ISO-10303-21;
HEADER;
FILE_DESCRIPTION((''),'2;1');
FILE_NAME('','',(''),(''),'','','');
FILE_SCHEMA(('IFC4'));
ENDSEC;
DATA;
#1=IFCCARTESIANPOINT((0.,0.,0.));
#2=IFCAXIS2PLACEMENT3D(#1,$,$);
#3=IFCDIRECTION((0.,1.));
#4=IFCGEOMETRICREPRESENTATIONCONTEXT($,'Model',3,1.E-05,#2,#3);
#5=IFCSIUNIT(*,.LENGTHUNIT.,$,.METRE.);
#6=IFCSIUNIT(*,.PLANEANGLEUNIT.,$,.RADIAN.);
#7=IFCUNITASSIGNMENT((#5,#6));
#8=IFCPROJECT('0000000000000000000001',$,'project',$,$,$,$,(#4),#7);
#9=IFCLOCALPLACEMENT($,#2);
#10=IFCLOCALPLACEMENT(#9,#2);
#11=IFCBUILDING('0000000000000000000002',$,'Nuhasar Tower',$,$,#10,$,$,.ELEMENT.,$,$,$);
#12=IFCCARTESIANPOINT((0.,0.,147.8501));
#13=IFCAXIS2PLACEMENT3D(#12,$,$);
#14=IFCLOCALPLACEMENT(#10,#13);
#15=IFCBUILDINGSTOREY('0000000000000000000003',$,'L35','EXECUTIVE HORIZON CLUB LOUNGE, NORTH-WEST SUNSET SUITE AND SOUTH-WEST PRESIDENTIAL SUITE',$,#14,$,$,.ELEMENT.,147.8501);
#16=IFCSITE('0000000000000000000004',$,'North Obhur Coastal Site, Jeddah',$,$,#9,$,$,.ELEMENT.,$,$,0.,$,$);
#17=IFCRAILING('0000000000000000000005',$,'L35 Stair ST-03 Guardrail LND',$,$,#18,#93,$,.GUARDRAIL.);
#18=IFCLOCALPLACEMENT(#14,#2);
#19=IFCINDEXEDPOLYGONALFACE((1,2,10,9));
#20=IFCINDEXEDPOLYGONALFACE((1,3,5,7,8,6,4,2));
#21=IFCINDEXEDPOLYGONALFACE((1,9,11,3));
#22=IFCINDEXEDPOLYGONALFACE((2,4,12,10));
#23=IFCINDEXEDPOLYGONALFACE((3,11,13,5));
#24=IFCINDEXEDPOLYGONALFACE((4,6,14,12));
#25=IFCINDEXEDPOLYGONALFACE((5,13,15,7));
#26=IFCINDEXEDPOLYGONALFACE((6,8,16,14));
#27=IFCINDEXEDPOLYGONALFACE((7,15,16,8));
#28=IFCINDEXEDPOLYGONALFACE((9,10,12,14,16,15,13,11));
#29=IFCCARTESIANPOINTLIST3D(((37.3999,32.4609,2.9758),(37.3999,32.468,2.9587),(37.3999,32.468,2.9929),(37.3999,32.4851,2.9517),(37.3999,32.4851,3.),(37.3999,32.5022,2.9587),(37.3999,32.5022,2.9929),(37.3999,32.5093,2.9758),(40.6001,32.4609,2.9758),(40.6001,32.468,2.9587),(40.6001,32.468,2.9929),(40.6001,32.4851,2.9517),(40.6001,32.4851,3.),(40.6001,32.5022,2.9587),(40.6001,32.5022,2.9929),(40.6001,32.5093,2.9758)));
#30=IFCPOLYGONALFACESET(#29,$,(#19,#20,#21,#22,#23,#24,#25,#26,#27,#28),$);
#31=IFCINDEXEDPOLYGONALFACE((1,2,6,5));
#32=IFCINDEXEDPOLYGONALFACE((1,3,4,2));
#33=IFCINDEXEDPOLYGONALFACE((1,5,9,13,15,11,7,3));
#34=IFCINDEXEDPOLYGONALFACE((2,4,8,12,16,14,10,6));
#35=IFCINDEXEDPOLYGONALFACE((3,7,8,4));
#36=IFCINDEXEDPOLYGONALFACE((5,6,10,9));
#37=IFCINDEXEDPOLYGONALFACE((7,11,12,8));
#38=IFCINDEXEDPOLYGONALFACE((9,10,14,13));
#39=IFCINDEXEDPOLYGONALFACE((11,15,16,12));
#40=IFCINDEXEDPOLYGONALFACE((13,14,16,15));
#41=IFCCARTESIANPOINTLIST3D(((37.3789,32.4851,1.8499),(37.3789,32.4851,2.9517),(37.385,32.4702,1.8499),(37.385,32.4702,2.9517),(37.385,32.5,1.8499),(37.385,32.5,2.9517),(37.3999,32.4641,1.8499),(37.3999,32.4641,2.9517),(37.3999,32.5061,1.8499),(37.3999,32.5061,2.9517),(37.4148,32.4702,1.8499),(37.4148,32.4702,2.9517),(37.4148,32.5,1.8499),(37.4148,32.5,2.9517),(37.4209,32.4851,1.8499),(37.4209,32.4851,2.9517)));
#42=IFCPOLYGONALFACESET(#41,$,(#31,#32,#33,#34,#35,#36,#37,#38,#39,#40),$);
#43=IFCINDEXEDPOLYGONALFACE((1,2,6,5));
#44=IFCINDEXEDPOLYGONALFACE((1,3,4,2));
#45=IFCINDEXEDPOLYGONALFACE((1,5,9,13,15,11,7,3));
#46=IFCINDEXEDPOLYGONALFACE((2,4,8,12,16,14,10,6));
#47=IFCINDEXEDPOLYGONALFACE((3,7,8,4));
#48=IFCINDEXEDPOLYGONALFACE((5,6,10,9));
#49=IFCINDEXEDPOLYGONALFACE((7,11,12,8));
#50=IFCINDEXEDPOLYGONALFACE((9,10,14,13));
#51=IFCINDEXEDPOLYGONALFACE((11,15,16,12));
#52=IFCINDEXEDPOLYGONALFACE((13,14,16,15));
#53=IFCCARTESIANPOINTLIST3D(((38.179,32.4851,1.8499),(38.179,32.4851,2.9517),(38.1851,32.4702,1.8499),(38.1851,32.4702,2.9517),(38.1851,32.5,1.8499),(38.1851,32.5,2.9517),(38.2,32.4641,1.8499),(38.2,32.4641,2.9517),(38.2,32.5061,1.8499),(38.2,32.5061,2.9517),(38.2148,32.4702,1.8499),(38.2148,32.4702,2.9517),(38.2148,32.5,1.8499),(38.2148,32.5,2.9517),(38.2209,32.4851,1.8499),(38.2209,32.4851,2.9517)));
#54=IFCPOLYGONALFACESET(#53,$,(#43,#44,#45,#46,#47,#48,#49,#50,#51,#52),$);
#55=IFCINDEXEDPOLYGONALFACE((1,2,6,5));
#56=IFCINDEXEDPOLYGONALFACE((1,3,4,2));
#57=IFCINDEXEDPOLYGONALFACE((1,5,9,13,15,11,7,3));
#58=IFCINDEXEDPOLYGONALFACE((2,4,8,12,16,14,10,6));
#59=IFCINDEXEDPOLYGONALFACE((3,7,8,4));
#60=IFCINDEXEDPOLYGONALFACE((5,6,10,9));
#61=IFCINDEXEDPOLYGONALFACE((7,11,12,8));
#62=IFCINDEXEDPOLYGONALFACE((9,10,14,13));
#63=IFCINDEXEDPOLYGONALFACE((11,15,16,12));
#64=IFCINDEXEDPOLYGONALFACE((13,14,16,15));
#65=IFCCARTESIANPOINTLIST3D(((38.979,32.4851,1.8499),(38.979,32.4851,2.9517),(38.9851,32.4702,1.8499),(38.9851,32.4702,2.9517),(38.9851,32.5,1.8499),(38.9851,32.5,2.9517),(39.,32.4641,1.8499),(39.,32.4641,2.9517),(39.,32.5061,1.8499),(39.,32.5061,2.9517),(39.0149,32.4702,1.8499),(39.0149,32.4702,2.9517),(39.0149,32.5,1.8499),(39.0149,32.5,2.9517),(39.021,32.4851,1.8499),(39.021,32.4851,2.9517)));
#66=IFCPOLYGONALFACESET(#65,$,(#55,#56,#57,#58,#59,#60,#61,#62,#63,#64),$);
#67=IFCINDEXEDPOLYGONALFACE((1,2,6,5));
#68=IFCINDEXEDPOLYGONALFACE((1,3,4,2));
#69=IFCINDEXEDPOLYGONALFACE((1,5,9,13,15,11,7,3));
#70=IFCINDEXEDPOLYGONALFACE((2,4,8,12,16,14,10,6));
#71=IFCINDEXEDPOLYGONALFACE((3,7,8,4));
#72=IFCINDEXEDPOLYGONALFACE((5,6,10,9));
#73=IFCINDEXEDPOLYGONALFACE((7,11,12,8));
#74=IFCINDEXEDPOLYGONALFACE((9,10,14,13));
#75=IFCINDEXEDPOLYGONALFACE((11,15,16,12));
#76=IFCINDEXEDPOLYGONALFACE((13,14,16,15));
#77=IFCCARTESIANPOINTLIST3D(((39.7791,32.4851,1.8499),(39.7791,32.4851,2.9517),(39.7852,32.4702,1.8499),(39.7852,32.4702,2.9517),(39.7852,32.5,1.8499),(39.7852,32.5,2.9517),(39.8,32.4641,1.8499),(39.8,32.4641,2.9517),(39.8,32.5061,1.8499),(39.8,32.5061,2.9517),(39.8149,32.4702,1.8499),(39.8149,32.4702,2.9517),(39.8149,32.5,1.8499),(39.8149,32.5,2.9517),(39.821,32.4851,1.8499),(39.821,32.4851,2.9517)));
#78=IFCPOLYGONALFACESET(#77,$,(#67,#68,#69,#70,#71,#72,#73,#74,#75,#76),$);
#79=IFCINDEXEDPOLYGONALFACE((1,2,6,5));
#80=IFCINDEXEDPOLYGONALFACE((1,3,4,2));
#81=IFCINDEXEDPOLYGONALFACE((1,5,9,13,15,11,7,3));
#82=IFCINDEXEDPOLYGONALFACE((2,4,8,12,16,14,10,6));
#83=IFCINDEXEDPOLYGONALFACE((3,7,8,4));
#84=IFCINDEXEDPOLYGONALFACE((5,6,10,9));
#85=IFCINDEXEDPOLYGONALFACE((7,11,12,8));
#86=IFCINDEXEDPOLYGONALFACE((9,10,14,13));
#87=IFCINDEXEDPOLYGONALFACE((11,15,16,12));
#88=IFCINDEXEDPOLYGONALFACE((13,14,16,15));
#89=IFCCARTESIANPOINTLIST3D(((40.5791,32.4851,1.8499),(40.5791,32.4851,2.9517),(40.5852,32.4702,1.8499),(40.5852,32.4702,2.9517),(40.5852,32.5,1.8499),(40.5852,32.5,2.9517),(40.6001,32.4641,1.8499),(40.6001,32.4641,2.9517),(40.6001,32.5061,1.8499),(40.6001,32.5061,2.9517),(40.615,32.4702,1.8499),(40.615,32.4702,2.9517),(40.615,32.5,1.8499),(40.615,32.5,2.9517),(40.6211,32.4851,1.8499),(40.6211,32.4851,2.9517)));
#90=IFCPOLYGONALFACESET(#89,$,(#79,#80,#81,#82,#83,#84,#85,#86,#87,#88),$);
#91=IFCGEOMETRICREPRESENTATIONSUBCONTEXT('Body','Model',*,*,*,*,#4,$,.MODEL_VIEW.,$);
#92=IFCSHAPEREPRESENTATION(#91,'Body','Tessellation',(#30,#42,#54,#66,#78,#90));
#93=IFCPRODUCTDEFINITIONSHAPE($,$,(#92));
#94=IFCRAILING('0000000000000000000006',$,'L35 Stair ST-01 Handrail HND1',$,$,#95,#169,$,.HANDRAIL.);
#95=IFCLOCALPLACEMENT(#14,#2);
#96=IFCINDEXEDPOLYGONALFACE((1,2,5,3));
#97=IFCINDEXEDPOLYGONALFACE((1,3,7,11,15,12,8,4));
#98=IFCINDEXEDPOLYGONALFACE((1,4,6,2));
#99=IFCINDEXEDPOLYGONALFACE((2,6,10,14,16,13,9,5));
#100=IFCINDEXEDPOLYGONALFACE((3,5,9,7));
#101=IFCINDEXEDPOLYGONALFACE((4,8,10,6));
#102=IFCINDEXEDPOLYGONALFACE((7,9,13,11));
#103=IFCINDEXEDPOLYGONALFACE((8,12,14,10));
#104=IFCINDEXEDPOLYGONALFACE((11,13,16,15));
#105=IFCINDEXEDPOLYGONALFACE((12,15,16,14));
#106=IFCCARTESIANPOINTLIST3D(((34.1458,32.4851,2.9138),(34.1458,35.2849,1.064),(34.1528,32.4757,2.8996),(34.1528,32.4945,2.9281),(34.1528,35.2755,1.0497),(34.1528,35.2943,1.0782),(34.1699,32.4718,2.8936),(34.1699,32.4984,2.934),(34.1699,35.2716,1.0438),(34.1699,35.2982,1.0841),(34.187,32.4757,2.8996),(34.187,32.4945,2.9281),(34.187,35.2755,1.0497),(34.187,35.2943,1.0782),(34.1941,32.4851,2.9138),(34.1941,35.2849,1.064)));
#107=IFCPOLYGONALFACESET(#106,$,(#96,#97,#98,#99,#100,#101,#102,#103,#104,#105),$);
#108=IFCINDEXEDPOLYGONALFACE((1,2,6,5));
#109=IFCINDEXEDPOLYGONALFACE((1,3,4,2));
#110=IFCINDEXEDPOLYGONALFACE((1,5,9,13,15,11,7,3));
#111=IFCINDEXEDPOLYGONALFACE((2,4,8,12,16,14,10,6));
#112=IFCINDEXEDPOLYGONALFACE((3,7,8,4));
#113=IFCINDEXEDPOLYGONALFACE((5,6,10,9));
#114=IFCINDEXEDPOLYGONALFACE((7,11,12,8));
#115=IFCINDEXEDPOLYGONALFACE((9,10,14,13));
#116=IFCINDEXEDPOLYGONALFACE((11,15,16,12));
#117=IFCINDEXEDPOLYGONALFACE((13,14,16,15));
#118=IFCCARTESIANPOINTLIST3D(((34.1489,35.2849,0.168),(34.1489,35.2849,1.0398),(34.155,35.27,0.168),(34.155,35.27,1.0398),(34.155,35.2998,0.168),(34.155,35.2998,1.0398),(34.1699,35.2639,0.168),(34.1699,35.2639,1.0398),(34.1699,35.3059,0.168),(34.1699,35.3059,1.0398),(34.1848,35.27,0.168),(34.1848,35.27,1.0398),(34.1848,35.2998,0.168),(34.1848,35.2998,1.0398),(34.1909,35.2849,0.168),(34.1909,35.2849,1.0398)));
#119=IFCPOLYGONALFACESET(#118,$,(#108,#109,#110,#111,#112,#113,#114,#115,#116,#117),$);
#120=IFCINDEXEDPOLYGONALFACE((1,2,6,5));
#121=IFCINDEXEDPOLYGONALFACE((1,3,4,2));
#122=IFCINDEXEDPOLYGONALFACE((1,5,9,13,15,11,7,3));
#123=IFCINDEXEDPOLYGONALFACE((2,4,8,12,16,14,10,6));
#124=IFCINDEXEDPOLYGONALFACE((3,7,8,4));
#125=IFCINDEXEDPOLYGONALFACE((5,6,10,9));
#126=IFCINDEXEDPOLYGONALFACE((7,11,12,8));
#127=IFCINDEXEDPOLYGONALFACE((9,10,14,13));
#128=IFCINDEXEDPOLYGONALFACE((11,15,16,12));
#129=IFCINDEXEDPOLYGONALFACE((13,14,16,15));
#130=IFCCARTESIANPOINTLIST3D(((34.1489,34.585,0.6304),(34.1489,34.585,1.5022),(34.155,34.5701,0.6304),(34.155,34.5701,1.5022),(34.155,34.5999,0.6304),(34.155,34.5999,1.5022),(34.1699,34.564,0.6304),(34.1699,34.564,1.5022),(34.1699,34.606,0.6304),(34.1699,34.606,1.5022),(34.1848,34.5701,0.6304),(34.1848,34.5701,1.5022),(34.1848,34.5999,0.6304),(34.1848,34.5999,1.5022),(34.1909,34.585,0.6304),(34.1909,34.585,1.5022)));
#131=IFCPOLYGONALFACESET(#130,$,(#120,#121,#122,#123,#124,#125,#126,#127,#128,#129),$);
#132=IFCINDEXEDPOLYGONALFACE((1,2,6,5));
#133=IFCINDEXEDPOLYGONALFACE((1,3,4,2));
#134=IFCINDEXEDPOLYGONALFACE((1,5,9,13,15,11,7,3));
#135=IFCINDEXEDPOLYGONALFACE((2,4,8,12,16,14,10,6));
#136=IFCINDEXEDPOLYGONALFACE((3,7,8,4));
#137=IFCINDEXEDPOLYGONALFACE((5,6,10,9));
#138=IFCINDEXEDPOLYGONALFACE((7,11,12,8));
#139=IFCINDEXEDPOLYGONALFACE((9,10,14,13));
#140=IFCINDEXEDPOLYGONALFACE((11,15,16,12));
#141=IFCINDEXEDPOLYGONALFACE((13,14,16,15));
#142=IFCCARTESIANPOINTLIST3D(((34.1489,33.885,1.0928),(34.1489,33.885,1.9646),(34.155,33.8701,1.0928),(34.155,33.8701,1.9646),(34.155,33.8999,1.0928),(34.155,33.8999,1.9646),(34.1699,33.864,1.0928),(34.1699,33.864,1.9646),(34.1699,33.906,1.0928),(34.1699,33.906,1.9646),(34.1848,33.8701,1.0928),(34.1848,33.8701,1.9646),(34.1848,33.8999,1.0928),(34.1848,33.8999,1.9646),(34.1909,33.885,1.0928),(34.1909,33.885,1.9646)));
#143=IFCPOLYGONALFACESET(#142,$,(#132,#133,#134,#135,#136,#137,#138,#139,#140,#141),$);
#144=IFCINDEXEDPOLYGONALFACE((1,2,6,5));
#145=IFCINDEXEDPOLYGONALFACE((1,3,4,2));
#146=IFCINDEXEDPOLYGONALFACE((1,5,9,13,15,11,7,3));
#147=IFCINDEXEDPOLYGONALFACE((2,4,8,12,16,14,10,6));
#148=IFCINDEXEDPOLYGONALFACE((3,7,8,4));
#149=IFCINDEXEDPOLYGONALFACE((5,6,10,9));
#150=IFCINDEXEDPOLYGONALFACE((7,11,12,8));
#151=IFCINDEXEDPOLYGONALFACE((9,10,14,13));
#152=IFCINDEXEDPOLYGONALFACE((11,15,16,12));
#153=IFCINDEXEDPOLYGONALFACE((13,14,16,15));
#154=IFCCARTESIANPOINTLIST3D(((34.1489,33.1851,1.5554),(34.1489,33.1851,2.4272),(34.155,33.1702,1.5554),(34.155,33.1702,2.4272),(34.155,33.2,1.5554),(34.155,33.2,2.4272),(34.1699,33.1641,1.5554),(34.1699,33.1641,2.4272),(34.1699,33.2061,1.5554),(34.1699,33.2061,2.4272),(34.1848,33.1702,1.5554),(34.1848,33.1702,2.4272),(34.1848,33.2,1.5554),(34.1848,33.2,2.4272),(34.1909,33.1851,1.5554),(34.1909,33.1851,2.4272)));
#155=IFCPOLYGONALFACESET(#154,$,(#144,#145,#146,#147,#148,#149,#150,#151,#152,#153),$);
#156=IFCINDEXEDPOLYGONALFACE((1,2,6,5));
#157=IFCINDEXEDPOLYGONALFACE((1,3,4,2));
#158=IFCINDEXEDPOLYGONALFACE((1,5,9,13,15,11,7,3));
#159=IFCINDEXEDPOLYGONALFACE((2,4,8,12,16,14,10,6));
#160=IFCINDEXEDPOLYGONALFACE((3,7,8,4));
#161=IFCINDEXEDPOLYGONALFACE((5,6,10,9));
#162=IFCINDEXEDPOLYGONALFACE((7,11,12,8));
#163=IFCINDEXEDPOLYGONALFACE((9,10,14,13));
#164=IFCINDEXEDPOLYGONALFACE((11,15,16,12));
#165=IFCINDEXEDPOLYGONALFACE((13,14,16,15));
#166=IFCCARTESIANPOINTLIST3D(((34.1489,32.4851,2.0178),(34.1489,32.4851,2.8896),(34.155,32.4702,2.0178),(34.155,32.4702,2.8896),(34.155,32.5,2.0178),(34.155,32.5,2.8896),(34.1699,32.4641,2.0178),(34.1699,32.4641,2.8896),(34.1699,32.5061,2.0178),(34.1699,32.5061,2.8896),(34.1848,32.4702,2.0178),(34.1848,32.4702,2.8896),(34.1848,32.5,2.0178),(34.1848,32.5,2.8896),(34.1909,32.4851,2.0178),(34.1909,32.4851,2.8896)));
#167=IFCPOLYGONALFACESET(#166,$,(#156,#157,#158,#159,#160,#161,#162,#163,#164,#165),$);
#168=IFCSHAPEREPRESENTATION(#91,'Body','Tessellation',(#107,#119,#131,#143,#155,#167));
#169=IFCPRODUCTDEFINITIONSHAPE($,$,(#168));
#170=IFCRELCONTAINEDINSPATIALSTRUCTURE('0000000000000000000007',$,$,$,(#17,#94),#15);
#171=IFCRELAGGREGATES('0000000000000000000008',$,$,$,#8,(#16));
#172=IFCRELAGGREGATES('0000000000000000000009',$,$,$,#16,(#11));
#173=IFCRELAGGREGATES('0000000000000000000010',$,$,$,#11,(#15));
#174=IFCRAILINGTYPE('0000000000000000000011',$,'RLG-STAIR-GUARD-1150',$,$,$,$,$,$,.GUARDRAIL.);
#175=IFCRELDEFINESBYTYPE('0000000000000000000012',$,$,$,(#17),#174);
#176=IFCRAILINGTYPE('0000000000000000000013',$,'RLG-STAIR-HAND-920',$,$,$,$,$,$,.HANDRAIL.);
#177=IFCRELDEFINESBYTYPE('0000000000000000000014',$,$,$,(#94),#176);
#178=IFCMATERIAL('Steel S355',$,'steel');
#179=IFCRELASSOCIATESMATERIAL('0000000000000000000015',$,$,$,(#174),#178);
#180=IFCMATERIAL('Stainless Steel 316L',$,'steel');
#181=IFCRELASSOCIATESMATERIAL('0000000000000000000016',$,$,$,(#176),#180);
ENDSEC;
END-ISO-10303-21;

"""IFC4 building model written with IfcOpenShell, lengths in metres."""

from ifc_helpers import new_model, si_unit, direction, frame, origin, place, context, subcontext, project, spatial, polyline, outline, extrude, material, type_object, element, save


model = new_model("IFC4")

# Units and contexts
model_context = context("Model", 3, precision=1e-05, world=origin(), true_north=direction((0.0, 1.0)))
body_context = subcontext(model_context, "Body", "Model", "MODEL_VIEW")
ifc_project = project(units=[si_unit("LENGTHUNIT", "METRE"), si_unit("PLANEANGLEUNIT", "RADIAN")], contexts=[model_context])

# Site, building, storey
site_placement = place(None, origin())
site = spatial("IfcSite", under=ifc_project, at=site_placement, Name="North Obhur Coastal Site, Jeddah", CompositionType="ELEMENT", RefElevation=0.0)
building_placement = place(site_placement, origin())
building = spatial("IfcBuilding", under=site, at=building_placement, Name="Nuhasar Tower", CompositionType="ELEMENT")
storey_placement = place(building_placement, frame((0.0, 0.0, 147.8501)))
storey = spatial("IfcBuildingStorey", under=building, at=storey_placement, Name="L35", Description="EXECUTIVE HORIZON CLUB LOUNGE, NORTH-WEST SUNSET SUITE AND SOUTH-WEST PRESIDENTIAL SUITE", CompositionType="ELEMENT", Elevation=147.8501)

# Shared definitions
ifc_material_1 = material(Name="Steel S355", Category="steel")

# Railings
railing_type_1 = type_object("IfcRailingType", Name="RLG-STAIR-GUARD-1150", PredefinedType="GUARDRAIL", material=ifc_material_1)
railing_1_placement = place(storey_placement, frame((37.3999, 32.4851, 1.8499)))
element("IfcRailing", 1, at=railing_1_placement, inside=storey, type_object=railing_type_1, Name="L35 Stair ST-03 Guardrail LND", PredefinedType="GUARDRAIL", context=body_context, shape_type="SweptSolid", body=[
    extrude(outline(polyline([(0.0242, 0.0), (0.0171, 0.0171), (0.0, 0.0242), (-0.0171, 0.0171), (-0.0242, 0.0), (-0.0171, -0.0171), (0.0, -0.0242), (0.0171, -0.0171), (0.0242, 0.0)])), frame((0.0, 0.0, 1.126), z_axis=(1.0, 0.0, 0.0), x_axis=(0.0, 1.0, 0.0)), (0.0, 0.0, 1.0), 3.2002),
    extrude(outline(polyline([(0.021, 0.0), (0.0149, 0.0149), (0.0, 0.021), (-0.0149, 0.0149), (-0.021, 0.0), (-0.0149, -0.0149), (0.0, -0.021), (0.0149, -0.0149), (0.021, 0.0)])), origin(), (0.0, 0.0, 1.0), 1.1018),
    extrude(outline(polyline([(0.021, 0.0), (0.0149, 0.0149), (0.0, 0.021), (-0.0149, 0.0149), (-0.021, 0.0), (-0.0149, -0.0149), (0.0, -0.021), (0.0149, -0.0149), (0.021, 0.0)])), frame((0.8, 0.0, 0.0)), (0.0, 0.0, 1.0), 1.1018),
    extrude(outline(polyline([(0.021, 0.0), (0.0149, 0.0149), (0.0, 0.021), (-0.0149, 0.0149), (-0.021, 0.0), (-0.0149, -0.0149), (0.0, -0.021), (0.0149, -0.0149), (0.021, 0.0)])), frame((1.6001, 0.0, 0.0)), (0.0, 0.0, 1.0), 1.1018),
    extrude(outline(polyline([(0.021, 0.0), (0.0149, 0.0149), (0.0, 0.021), (-0.0149, 0.0149), (-0.021, 0.0), (-0.0149, -0.0149), (0.0, -0.021), (0.0149, -0.0149), (0.021, 0.0)])), frame((2.4001, 0.0, 0.0)), (0.0, 0.0, 1.0), 1.1018),
    extrude(outline(polyline([(0.021, 0.0), (0.0149, 0.0149), (0.0, 0.021), (-0.0149, 0.0149), (-0.021, 0.0), (-0.0149, -0.0149), (0.0, -0.021), (0.0149, -0.0149), (0.021, 0.0)])), frame((3.2002, 0.0, 0.0)), (0.0, 0.0, 1.0), 1.1018),
])
ifc_material_2 = material(Name="Stainless Steel 316L", Category="steel")
railing_type_2 = type_object("IfcRailingType", Name="RLG-STAIR-HAND-920", PredefinedType="HANDRAIL", material=ifc_material_2)
railing_2_placement = place(storey_placement, frame((34.1699, 35.2849, 0.168)))
element("IfcRailing", 2, at=railing_2_placement, inside=storey, type_object=railing_type_2, Name="L35 Stair ST-01 Handrail HND1", PredefinedType="HANDRAIL", context=body_context, shape_type="SweptSolid", body=[
    extrude(outline(polyline([(0.0242, 0.0), (0.0171, 0.0171), (0.0, 0.0242), (-0.0171, 0.0171), (-0.0242, 0.0), (-0.0171, -0.0171), (0.0, -0.0242), (0.0171, -0.0171), (0.0242, 0.0)])), frame((0.0, 0.0, 0.896), z_axis=(0.0, -0.834338, 0.551254), x_axis=(1.0, 0.0, 0.0)), (0.0, 0.0, 1.0), 3.3557),
    extrude(outline(polyline([(0.021, 0.0), (0.0149, 0.0149), (0.0, 0.021), (-0.0149, 0.0149), (-0.021, 0.0), (-0.0149, -0.0149), (0.0, -0.021), (0.0149, -0.0149), (0.021, 0.0)])), origin(), (0.0, 0.0, 1.0), 0.8718),
    extrude(outline(polyline([(0.021, 0.0), (0.0149, 0.0149), (0.0, 0.021), (-0.0149, 0.0149), (-0.021, 0.0), (-0.0149, -0.0149), (0.0, -0.021), (0.0149, -0.0149), (0.021, 0.0)])), frame((0.0, -0.7, 0.4624)), (0.0, 0.0, 1.0), 0.8718),
    extrude(outline(polyline([(0.021, 0.0), (0.0149, 0.0149), (0.0, 0.021), (-0.0149, 0.0149), (-0.021, 0.0), (-0.0149, -0.0149), (0.0, -0.021), (0.0149, -0.0149), (0.021, 0.0)])), frame((0.0, -1.3999, 0.9248)), (0.0, 0.0, 1.0), 0.8718),
    extrude(outline(polyline([(0.021, 0.0), (0.0149, 0.0149), (0.0, 0.021), (-0.0149, 0.0149), (-0.021, 0.0), (-0.0149, -0.0149), (0.0, -0.021), (0.0149, -0.0149), (0.021, 0.0)])), frame((0.0, -2.0999, 1.3875)), (0.0, 0.0, 1.0), 0.8718),
    extrude(outline(polyline([(0.021, 0.0), (0.0149, 0.0149), (0.0, 0.021), (-0.0149, 0.0149), (-0.021, 0.0), (-0.0149, -0.0149), (0.0, -0.021), (0.0149, -0.0149), (0.021, 0.0)])), frame((0.0, -2.7998, 1.8499)), (0.0, 0.0, 1.0), 0.8718),
])

save(model, "model.ifc")
